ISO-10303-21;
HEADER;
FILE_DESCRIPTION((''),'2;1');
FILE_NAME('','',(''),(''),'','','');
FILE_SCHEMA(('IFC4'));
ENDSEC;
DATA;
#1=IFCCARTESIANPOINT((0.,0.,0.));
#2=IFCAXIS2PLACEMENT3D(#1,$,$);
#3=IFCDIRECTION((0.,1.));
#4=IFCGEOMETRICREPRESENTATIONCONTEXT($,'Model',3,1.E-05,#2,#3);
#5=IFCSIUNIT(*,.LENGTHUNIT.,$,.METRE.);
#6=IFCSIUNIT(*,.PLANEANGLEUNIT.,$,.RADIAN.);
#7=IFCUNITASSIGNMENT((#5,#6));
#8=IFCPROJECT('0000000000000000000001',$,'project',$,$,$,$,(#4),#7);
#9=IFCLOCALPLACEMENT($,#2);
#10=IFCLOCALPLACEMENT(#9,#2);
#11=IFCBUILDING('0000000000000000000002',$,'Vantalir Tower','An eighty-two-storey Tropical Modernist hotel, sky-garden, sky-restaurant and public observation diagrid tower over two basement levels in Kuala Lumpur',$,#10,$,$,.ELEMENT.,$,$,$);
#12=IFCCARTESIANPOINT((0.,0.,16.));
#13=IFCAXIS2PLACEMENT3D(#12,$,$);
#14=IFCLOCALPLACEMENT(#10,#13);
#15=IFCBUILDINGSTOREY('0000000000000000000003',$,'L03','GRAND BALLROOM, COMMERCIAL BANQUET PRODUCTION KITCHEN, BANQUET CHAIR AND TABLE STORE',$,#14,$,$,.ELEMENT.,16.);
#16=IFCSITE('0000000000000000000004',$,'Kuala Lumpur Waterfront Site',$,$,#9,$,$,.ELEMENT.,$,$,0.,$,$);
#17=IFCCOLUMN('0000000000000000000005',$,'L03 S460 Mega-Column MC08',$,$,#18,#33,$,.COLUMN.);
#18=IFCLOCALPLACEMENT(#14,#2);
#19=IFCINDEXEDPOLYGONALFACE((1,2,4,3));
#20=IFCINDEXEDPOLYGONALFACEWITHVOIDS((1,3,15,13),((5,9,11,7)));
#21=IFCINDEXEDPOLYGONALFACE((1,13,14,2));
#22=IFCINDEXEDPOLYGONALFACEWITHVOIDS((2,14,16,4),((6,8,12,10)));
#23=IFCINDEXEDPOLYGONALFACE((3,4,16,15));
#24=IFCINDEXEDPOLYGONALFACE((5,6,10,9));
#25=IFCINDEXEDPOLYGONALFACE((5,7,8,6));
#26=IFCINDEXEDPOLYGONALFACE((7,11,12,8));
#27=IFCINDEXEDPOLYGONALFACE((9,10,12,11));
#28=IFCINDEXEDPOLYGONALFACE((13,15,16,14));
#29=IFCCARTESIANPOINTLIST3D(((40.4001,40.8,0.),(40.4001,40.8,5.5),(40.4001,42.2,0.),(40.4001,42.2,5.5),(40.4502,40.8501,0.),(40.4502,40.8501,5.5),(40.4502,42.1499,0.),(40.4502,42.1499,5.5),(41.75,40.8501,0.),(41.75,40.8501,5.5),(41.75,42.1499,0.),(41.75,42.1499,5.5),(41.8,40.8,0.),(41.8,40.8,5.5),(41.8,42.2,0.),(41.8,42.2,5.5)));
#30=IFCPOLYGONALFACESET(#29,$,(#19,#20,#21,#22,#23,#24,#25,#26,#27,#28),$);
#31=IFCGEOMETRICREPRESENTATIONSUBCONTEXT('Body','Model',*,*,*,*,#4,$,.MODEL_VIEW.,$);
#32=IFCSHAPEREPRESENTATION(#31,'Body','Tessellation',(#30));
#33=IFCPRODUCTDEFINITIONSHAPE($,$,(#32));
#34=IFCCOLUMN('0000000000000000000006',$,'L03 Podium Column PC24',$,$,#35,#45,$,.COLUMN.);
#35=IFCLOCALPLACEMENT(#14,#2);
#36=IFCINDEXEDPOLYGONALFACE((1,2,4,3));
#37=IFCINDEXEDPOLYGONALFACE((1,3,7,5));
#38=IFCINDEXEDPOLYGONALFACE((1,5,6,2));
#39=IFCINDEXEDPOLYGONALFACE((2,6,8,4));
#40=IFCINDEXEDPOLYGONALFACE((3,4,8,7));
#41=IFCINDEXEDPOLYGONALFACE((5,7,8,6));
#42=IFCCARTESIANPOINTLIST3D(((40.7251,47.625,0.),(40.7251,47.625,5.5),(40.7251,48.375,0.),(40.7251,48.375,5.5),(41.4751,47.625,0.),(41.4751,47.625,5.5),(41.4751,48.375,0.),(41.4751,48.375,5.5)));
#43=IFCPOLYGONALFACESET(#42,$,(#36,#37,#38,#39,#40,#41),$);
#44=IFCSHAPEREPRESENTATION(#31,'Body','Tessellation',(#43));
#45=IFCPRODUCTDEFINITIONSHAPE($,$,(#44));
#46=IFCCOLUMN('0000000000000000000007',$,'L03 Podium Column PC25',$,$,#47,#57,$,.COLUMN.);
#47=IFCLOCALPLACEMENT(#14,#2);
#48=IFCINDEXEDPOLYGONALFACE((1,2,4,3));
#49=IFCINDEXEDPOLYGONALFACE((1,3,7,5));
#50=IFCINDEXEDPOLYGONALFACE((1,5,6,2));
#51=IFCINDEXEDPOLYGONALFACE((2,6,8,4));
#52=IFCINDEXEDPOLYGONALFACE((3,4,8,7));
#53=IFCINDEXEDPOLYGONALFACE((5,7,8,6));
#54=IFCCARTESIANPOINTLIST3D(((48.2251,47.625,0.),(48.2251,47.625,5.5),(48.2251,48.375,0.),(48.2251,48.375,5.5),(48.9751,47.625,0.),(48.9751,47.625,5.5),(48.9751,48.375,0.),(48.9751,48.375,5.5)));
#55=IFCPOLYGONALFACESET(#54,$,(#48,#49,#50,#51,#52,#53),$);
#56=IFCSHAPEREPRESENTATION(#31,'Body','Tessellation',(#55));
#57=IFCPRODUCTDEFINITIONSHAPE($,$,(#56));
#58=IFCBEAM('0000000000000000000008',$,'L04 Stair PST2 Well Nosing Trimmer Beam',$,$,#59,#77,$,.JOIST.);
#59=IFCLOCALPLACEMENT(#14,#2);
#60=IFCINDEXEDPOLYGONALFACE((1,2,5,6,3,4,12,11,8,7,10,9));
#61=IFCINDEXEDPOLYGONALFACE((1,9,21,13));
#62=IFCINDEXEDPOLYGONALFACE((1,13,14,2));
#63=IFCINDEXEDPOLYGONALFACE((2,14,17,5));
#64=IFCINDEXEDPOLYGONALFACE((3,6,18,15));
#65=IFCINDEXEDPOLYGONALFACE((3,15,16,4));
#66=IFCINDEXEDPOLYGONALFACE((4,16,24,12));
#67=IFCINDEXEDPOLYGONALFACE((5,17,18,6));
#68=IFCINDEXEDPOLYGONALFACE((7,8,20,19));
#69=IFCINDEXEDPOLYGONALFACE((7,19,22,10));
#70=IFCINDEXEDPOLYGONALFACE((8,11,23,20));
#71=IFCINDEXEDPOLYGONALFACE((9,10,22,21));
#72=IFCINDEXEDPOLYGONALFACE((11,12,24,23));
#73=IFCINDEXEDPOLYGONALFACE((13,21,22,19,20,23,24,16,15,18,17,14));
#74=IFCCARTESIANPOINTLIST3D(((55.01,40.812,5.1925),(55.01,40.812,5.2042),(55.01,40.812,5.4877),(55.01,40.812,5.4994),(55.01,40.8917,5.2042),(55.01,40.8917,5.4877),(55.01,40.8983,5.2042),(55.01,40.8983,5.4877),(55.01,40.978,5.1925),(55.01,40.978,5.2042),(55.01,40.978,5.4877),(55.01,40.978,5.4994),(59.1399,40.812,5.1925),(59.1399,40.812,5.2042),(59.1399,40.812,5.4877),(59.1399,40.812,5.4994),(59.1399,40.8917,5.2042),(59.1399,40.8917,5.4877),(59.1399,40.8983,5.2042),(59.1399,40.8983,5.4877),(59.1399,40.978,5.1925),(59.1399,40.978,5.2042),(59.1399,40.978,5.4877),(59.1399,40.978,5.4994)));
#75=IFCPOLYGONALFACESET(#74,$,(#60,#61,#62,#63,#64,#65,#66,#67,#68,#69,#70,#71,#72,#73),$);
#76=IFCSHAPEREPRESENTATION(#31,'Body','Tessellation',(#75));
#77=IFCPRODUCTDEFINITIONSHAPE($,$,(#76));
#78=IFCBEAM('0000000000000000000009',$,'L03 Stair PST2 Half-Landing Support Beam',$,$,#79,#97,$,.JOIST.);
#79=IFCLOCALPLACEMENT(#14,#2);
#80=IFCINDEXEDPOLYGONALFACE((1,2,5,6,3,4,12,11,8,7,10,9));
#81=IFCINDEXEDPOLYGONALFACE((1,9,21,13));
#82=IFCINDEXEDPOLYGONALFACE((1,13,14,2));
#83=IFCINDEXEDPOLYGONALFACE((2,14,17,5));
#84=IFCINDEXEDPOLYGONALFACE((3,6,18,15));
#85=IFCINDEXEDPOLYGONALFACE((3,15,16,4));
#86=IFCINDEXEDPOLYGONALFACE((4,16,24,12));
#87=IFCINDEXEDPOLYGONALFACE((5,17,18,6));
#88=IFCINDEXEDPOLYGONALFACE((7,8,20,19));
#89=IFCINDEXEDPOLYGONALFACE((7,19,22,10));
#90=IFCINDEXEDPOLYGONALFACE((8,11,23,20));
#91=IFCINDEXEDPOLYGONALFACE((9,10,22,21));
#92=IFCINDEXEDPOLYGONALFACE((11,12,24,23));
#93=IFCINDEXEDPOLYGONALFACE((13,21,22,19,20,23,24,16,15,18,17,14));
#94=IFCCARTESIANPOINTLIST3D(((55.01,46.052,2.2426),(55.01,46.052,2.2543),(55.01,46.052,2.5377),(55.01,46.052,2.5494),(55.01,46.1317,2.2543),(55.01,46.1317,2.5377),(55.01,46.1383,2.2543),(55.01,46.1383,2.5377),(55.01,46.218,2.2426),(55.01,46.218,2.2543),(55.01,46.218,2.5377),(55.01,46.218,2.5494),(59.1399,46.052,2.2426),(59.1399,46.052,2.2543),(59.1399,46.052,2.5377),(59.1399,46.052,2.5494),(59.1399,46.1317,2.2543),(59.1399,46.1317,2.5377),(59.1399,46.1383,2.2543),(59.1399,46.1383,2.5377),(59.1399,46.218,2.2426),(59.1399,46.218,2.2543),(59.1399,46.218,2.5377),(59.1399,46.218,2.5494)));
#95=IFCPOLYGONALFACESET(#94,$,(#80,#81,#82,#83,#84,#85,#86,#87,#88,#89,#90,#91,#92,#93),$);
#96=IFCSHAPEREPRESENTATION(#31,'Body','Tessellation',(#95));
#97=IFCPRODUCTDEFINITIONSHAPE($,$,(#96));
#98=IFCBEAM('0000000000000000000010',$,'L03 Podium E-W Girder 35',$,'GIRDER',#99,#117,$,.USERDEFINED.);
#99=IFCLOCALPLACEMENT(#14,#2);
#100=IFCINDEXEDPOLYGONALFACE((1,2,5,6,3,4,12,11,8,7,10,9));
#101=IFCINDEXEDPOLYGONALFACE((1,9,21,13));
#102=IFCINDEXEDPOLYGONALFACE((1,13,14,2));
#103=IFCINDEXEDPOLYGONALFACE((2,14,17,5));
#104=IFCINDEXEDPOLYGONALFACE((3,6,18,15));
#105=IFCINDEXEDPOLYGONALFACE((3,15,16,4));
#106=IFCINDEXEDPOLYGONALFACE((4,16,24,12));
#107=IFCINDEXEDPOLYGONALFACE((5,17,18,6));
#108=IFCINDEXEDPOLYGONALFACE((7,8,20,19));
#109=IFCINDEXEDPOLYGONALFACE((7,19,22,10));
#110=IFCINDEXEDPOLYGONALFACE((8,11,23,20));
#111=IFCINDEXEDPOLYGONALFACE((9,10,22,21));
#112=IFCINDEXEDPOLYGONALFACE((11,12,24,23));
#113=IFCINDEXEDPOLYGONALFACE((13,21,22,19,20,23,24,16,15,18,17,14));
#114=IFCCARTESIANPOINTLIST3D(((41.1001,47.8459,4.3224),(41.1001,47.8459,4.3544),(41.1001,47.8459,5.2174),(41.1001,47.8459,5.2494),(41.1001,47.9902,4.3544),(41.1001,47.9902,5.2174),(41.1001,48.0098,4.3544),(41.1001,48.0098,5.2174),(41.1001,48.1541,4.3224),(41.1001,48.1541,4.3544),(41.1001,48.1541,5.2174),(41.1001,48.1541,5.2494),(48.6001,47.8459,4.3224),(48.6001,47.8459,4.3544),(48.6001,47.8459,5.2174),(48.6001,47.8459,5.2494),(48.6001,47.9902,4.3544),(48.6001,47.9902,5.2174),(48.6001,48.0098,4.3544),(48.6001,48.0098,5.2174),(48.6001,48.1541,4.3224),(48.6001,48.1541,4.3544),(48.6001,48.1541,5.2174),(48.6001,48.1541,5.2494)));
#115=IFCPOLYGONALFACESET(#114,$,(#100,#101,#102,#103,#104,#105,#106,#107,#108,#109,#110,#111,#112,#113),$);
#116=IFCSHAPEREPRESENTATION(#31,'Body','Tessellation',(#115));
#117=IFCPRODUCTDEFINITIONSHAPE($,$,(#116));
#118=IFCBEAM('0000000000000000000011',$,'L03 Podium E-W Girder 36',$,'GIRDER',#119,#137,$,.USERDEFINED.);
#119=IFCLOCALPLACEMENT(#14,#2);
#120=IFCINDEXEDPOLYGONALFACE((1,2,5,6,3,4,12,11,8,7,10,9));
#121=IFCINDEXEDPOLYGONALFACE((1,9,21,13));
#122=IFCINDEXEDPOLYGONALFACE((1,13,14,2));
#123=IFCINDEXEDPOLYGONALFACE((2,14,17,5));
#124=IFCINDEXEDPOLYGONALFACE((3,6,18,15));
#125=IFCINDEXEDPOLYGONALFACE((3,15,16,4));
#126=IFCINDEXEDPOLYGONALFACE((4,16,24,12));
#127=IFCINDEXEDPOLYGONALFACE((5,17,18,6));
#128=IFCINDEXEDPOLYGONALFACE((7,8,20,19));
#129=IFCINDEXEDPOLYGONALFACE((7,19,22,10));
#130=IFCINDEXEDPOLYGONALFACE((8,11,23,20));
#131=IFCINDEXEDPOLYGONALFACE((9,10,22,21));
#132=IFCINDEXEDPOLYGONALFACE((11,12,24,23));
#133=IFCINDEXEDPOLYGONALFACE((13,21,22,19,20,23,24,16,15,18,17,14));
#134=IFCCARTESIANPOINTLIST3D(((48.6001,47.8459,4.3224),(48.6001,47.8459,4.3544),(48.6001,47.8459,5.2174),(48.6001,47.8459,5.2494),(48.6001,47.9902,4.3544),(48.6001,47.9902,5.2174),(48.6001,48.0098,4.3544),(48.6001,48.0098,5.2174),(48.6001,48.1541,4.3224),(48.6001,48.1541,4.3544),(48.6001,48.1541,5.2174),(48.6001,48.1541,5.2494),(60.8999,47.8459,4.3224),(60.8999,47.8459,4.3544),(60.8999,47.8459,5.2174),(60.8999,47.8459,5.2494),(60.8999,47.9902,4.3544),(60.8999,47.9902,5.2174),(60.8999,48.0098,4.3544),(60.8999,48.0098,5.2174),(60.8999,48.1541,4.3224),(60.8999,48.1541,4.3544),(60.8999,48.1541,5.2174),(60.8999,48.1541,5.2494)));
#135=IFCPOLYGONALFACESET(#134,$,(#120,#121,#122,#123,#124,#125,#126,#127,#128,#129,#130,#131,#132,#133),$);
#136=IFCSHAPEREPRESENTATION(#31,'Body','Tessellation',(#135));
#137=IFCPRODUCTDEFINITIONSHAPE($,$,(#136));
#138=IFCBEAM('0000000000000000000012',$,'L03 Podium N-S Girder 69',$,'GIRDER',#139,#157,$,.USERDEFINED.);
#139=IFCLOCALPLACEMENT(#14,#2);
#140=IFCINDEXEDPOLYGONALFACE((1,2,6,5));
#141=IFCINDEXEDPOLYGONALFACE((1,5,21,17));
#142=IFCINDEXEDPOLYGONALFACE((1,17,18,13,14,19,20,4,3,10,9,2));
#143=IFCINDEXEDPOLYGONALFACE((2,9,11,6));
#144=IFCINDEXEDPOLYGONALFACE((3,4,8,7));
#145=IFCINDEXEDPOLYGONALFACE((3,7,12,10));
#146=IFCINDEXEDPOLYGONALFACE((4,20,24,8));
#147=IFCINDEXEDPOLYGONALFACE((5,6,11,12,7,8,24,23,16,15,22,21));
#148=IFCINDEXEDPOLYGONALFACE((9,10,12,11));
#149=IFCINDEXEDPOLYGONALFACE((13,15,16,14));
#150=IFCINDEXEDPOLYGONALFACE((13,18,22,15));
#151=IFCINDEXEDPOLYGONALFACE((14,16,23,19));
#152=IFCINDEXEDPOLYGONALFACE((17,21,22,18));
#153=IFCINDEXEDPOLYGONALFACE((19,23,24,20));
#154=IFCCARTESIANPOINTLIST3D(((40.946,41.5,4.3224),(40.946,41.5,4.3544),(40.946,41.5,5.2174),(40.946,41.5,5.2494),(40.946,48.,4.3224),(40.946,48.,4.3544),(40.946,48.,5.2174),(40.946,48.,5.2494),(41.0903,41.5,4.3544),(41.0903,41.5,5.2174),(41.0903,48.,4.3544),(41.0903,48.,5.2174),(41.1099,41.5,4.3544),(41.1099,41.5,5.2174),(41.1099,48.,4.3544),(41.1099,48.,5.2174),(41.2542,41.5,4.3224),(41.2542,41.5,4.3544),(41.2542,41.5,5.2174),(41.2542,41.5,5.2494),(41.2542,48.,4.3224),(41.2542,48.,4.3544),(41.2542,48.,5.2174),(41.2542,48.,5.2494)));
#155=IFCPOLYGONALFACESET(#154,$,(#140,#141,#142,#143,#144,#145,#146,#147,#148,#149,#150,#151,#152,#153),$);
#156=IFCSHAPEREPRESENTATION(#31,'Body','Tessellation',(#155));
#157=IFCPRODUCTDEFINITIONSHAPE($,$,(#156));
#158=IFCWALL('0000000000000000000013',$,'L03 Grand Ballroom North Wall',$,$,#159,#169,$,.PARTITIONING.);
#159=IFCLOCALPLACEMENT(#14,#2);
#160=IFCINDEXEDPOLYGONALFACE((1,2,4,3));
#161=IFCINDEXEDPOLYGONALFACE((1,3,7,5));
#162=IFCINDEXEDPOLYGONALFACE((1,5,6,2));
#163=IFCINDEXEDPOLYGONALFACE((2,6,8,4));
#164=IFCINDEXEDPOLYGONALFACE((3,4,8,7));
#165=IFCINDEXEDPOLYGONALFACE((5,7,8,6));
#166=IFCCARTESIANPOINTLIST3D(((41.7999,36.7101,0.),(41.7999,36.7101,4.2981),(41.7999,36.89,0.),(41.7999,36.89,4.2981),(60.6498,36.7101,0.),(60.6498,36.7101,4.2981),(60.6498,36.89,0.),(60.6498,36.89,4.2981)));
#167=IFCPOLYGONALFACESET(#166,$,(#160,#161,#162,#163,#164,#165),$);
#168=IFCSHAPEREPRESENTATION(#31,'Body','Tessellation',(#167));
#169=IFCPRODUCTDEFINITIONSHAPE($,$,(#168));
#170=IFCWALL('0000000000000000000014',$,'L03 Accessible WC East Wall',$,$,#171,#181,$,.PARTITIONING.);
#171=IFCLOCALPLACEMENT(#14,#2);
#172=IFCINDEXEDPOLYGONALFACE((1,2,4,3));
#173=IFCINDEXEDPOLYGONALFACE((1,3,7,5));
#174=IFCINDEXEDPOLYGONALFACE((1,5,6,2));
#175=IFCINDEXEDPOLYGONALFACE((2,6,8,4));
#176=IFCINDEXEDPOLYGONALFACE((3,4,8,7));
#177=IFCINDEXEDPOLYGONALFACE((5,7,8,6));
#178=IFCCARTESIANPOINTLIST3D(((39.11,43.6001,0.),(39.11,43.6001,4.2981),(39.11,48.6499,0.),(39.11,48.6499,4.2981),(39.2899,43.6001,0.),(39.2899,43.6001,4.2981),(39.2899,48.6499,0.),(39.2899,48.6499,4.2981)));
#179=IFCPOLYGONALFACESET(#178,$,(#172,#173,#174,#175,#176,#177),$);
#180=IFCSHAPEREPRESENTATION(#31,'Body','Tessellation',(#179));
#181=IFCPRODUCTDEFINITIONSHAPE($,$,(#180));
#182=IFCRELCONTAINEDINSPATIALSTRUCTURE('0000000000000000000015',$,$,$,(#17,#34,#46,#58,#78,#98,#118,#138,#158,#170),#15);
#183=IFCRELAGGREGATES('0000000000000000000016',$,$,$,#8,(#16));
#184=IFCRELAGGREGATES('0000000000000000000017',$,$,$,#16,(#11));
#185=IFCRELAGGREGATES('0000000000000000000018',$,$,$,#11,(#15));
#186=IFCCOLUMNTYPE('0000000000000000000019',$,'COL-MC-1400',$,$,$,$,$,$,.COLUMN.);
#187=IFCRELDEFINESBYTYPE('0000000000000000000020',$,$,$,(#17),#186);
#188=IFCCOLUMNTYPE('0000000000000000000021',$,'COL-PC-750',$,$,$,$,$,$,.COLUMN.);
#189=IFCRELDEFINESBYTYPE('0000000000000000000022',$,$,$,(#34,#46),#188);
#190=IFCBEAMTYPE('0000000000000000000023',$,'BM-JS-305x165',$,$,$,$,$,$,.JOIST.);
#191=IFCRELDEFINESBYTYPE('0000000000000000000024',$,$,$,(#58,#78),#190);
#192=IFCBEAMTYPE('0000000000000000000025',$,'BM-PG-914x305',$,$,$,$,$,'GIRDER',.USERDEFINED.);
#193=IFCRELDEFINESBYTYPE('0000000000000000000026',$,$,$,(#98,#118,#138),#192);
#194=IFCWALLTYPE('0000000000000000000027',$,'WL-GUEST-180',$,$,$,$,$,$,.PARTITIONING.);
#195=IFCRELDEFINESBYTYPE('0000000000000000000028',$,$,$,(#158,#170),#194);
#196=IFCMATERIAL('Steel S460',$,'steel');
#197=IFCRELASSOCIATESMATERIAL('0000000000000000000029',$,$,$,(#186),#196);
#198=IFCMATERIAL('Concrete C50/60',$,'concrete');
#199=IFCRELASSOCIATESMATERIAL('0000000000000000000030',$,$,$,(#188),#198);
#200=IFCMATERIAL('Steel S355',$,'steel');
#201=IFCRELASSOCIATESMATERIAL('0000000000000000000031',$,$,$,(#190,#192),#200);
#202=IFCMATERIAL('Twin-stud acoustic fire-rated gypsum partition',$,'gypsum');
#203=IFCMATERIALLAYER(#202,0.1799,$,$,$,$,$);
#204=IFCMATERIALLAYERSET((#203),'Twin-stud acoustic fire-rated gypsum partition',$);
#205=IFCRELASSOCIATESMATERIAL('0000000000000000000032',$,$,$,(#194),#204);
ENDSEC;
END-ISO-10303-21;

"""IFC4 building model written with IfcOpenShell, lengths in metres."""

from ifc_helpers import new_model, si_unit, direction, frame, frame_2d, origin, origin_2d, place, context, subcontext, project, spatial, rectangle, hollow_rectangle, i_section, extrude, material, layer, layer_set, material_profile, profile_set, type_object, element, save


model = new_model("IFC4")

# Units and contexts
model_context = context("Model", 3, precision=1e-05, world=origin(), true_north=direction((0.0, 1.0)))
body_context = subcontext(model_context, "Body", "Model", "MODEL_VIEW")
ifc_project = project(units=[si_unit("LENGTHUNIT", "METRE"), si_unit("PLANEANGLEUNIT", "RADIAN")], contexts=[model_context])

# Site, building, storey
site_placement = place(None, origin())
site = spatial("IfcSite", under=ifc_project, at=site_placement, Name="Kuala Lumpur Waterfront Site", CompositionType="ELEMENT", RefElevation=0.0)
building_placement = place(site_placement, origin())
building = spatial("IfcBuilding", under=site, at=building_placement, Name="Vantalir Tower", Description="An eighty-two-storey Tropical Modernist hotel, sky-garden, sky-restaurant and public observation diagrid tower over two basement levels in Kuala Lumpur", CompositionType="ELEMENT")
storey_placement = place(building_placement, frame((0.0, 0.0, 16.0)))
storey = spatial("IfcBuildingStorey", under=building, at=storey_placement, Name="L03", Description="GRAND BALLROOM, COMMERCIAL BANQUET PRODUCTION KITCHEN, BANQUET CHAIR AND TABLE STORE", CompositionType="ELEMENT", Elevation=16.0)

# Columns
ifc_material_1 = material(Name="Steel S460", Category="steel")
ifc_material_profile_1 = material_profile(ifc_material_1, hollow_rectangle(XDim=1.3999, YDim=1.3999, WallThickness=0.05, at=origin_2d()), Name="Steel S460")
ifc_profile_set_1 = profile_set([ifc_material_profile_1], Name="Steel S460")
column_type_1 = type_object("IfcColumnType", Name="COL-MC-1400", PredefinedType="COLUMN", material=ifc_profile_set_1)
column_placement = place(storey_placement, frame((41.1001, 41.5, 0.0), z_axis=(0.0, 0.0, 1.0), x_axis=(1.0, 0.0, 0.0)))
element("IfcColumn", 1, at=column_placement, inside=storey, type_object=column_type_1, Name="L03 S460 Mega-Column MC08", PredefinedType="COLUMN", context=body_context, shape_type="SweptSolid", body=[
    extrude(hollow_rectangle(XDim=1.3999, YDim=1.3999, WallThickness=0.05, at=origin_2d()), origin(), (0.0, 0.0, 1.0), 5.5),
])
ifc_material_2 = material(Name="Concrete C50/60", Category="concrete")
ifc_material_profile_2 = material_profile(ifc_material_2, rectangle(XDim=0.75, YDim=0.75, at=origin_2d()), Name="Concrete C50/60")
ifc_profile_set_2 = profile_set([ifc_material_profile_2], Name="Concrete C50/60")
column_type_2 = type_object("IfcColumnType", Name="COL-PC-750", PredefinedType="COLUMN", material=ifc_profile_set_2)
for number, where, z_axis, x_axis, name in (
    (2, (41.1001, 48.0, 0.0), (0.0, 0.0, 1.0), (1.0, 0.0, 0.0), "L03 Podium Column PC24"),
    (3, (48.6001, 48.0, 0.0), (0.0, 0.0, 1.0), (1.0, 0.0, 0.0), "L03 Podium Column PC25"),
):
    element("IfcColumn", number, at=place(storey_placement, frame(where, z_axis=z_axis, x_axis=x_axis)), inside=storey, type_object=column_type_2, Name=name, PredefinedType="COLUMN", context=body_context, shape_type="SweptSolid", body=[
        extrude(rectangle(XDim=0.75, YDim=0.75, at=origin_2d()), origin(), (0.0, 0.0, 1.0), 5.5),
    ])

# Beams
ifc_material_3 = material(Name="Steel S355", Category="steel")
ifc_material_profile_3 = material_profile(ifc_material_3, i_section(OverallWidth=0.166, OverallDepth=0.3069, WebThickness=0.0066, FlangeThickness=0.0117, at=origin_2d()), Name="Steel S355")
ifc_profile_set_3 = profile_set([ifc_material_profile_3], Name="Steel S355")
beam_type_1 = type_object("IfcBeamType", Name="BM-JS-305x165", PredefinedType="JOIST", material=ifc_profile_set_3)
for number, where, z_axis, x_axis, name in (
    (4, (55.01, 40.895, 5.3459), (1.0, 0.0, 0.0), (0.0, 1.0, 0.0), "L04 Stair PST2 Well Nosing Trimmer Beam"),
    (5, (55.01, 46.135, 2.396), (1.0, 0.0, 0.0), (0.0, 1.0, 0.0), "L03 Stair PST2 Half-Landing Support Beam"),
):
    element("IfcBeam", number, at=place(storey_placement, frame(where, z_axis=z_axis, x_axis=x_axis)), inside=storey, type_object=beam_type_1, Name=name, PredefinedType="JOIST", context=body_context, shape_type="SweptSolid", body=[
        extrude(i_section(OverallWidth=0.166, OverallDepth=0.3069, WebThickness=0.0066, FlangeThickness=0.0117, at=origin_2d()), origin(), (0.0, 0.0, 1.0), 4.1299),
    ])
ifc_material_profile_4 = material_profile(ifc_material_3, i_section(OverallWidth=0.3081, OverallDepth=0.927, WebThickness=0.0195, FlangeThickness=0.032, at=origin_2d()), Name="Steel S355")
ifc_profile_set_4 = profile_set([ifc_material_profile_4], Name="Steel S355")
beam_type_2 = type_object("IfcBeamType", Name="BM-PG-914x305", ElementType="GIRDER", PredefinedType="USERDEFINED", material=ifc_profile_set_4)
beam_1_placement = place(storey_placement, frame((41.1001, 48.0, 4.7859), z_axis=(1.0, 0.0, 0.0), x_axis=(0.0, 1.0, 0.0)))
element("IfcBeam", 6, at=beam_1_placement, inside=storey, type_object=beam_type_2, Name="L03 Podium E-W Girder 35", ObjectType="GIRDER", PredefinedType="USERDEFINED", context=body_context, shape_type="SweptSolid", body=[
    extrude(i_section(OverallWidth=0.3081, OverallDepth=0.927, WebThickness=0.0195, FlangeThickness=0.032, at=origin_2d()), origin(), (0.0, 0.0, 1.0), 7.5),
])
beam_2_placement = place(storey_placement, frame((48.6001, 48.0, 4.7859), z_axis=(1.0, 0.0, 0.0), x_axis=(0.0, 1.0, 0.0)))
element("IfcBeam", 7, at=beam_2_placement, inside=storey, type_object=beam_type_2, Name="L03 Podium E-W Girder 36", ObjectType="GIRDER", PredefinedType="USERDEFINED", context=body_context, shape_type="SweptSolid", body=[
    extrude(i_section(OverallWidth=0.3081, OverallDepth=0.927, WebThickness=0.0195, FlangeThickness=0.032, at=origin_2d()), origin(), (0.0, 0.0, 1.0), 12.2998),
])
beam_3_placement = place(storey_placement, frame((41.1001, 41.5, 4.7859), z_axis=(0.0, 1.0, 0.0), x_axis=(-1.0, 0.0, 0.0)))
element("IfcBeam", 8, at=beam_3_placement, inside=storey, type_object=beam_type_2, Name="L03 Podium N-S Girder 69", ObjectType="GIRDER", PredefinedType="USERDEFINED", context=body_context, shape_type="SweptSolid", body=[
    extrude(i_section(OverallWidth=0.3081, OverallDepth=0.927, WebThickness=0.0195, FlangeThickness=0.032, at=origin_2d()), origin(), (0.0, 0.0, 1.0), 6.5),
])

# Walls
ifc_material_4 = material(Name="Twin-stud acoustic fire-rated gypsum partition", Category="gypsum")
ifc_layer_1 = layer(ifc_material_4, 0.1799)
ifc_layer_set_1 = layer_set([ifc_layer_1], Name="Twin-stud acoustic fire-rated gypsum partition")
wall_type_1 = type_object("IfcWallType", Name="WL-GUEST-180", PredefinedType="PARTITIONING", material=ifc_layer_set_1)
wall_1_placement = place(storey_placement, frame((41.8, 36.8, 0.0), z_axis=(0.0, 0.0, 1.0), x_axis=(1.0, 0.0, 0.0)))
element("IfcWall", 9, at=wall_1_placement, inside=storey, type_object=wall_type_1, Name="L03 Grand Ballroom North Wall", PredefinedType="PARTITIONING", context=body_context, shape_type="SweptSolid", body=[
    extrude(rectangle(XDim=18.8499, YDim=0.1799, at=frame_2d((9.4248, 0.0))), origin(), (0.0, 0.0, 1.0), 4.2981),
])
wall_2_placement = place(storey_placement, frame((39.2, 43.6001, 0.0), z_axis=(0.0, 0.0, 1.0), x_axis=(0.0, 1.0, 0.0)))
element("IfcWall", 10, at=wall_2_placement, inside=storey, type_object=wall_type_1, Name="L03 Accessible WC East Wall", PredefinedType="PARTITIONING", context=body_context, shape_type="SweptSolid", body=[
    extrude(rectangle(XDim=5.0498, YDim=0.1799, at=frame_2d((2.5249, 0.0))), origin(), (0.0, 0.0, 1.0), 4.2981),
])

save(model, "model.ifc")
